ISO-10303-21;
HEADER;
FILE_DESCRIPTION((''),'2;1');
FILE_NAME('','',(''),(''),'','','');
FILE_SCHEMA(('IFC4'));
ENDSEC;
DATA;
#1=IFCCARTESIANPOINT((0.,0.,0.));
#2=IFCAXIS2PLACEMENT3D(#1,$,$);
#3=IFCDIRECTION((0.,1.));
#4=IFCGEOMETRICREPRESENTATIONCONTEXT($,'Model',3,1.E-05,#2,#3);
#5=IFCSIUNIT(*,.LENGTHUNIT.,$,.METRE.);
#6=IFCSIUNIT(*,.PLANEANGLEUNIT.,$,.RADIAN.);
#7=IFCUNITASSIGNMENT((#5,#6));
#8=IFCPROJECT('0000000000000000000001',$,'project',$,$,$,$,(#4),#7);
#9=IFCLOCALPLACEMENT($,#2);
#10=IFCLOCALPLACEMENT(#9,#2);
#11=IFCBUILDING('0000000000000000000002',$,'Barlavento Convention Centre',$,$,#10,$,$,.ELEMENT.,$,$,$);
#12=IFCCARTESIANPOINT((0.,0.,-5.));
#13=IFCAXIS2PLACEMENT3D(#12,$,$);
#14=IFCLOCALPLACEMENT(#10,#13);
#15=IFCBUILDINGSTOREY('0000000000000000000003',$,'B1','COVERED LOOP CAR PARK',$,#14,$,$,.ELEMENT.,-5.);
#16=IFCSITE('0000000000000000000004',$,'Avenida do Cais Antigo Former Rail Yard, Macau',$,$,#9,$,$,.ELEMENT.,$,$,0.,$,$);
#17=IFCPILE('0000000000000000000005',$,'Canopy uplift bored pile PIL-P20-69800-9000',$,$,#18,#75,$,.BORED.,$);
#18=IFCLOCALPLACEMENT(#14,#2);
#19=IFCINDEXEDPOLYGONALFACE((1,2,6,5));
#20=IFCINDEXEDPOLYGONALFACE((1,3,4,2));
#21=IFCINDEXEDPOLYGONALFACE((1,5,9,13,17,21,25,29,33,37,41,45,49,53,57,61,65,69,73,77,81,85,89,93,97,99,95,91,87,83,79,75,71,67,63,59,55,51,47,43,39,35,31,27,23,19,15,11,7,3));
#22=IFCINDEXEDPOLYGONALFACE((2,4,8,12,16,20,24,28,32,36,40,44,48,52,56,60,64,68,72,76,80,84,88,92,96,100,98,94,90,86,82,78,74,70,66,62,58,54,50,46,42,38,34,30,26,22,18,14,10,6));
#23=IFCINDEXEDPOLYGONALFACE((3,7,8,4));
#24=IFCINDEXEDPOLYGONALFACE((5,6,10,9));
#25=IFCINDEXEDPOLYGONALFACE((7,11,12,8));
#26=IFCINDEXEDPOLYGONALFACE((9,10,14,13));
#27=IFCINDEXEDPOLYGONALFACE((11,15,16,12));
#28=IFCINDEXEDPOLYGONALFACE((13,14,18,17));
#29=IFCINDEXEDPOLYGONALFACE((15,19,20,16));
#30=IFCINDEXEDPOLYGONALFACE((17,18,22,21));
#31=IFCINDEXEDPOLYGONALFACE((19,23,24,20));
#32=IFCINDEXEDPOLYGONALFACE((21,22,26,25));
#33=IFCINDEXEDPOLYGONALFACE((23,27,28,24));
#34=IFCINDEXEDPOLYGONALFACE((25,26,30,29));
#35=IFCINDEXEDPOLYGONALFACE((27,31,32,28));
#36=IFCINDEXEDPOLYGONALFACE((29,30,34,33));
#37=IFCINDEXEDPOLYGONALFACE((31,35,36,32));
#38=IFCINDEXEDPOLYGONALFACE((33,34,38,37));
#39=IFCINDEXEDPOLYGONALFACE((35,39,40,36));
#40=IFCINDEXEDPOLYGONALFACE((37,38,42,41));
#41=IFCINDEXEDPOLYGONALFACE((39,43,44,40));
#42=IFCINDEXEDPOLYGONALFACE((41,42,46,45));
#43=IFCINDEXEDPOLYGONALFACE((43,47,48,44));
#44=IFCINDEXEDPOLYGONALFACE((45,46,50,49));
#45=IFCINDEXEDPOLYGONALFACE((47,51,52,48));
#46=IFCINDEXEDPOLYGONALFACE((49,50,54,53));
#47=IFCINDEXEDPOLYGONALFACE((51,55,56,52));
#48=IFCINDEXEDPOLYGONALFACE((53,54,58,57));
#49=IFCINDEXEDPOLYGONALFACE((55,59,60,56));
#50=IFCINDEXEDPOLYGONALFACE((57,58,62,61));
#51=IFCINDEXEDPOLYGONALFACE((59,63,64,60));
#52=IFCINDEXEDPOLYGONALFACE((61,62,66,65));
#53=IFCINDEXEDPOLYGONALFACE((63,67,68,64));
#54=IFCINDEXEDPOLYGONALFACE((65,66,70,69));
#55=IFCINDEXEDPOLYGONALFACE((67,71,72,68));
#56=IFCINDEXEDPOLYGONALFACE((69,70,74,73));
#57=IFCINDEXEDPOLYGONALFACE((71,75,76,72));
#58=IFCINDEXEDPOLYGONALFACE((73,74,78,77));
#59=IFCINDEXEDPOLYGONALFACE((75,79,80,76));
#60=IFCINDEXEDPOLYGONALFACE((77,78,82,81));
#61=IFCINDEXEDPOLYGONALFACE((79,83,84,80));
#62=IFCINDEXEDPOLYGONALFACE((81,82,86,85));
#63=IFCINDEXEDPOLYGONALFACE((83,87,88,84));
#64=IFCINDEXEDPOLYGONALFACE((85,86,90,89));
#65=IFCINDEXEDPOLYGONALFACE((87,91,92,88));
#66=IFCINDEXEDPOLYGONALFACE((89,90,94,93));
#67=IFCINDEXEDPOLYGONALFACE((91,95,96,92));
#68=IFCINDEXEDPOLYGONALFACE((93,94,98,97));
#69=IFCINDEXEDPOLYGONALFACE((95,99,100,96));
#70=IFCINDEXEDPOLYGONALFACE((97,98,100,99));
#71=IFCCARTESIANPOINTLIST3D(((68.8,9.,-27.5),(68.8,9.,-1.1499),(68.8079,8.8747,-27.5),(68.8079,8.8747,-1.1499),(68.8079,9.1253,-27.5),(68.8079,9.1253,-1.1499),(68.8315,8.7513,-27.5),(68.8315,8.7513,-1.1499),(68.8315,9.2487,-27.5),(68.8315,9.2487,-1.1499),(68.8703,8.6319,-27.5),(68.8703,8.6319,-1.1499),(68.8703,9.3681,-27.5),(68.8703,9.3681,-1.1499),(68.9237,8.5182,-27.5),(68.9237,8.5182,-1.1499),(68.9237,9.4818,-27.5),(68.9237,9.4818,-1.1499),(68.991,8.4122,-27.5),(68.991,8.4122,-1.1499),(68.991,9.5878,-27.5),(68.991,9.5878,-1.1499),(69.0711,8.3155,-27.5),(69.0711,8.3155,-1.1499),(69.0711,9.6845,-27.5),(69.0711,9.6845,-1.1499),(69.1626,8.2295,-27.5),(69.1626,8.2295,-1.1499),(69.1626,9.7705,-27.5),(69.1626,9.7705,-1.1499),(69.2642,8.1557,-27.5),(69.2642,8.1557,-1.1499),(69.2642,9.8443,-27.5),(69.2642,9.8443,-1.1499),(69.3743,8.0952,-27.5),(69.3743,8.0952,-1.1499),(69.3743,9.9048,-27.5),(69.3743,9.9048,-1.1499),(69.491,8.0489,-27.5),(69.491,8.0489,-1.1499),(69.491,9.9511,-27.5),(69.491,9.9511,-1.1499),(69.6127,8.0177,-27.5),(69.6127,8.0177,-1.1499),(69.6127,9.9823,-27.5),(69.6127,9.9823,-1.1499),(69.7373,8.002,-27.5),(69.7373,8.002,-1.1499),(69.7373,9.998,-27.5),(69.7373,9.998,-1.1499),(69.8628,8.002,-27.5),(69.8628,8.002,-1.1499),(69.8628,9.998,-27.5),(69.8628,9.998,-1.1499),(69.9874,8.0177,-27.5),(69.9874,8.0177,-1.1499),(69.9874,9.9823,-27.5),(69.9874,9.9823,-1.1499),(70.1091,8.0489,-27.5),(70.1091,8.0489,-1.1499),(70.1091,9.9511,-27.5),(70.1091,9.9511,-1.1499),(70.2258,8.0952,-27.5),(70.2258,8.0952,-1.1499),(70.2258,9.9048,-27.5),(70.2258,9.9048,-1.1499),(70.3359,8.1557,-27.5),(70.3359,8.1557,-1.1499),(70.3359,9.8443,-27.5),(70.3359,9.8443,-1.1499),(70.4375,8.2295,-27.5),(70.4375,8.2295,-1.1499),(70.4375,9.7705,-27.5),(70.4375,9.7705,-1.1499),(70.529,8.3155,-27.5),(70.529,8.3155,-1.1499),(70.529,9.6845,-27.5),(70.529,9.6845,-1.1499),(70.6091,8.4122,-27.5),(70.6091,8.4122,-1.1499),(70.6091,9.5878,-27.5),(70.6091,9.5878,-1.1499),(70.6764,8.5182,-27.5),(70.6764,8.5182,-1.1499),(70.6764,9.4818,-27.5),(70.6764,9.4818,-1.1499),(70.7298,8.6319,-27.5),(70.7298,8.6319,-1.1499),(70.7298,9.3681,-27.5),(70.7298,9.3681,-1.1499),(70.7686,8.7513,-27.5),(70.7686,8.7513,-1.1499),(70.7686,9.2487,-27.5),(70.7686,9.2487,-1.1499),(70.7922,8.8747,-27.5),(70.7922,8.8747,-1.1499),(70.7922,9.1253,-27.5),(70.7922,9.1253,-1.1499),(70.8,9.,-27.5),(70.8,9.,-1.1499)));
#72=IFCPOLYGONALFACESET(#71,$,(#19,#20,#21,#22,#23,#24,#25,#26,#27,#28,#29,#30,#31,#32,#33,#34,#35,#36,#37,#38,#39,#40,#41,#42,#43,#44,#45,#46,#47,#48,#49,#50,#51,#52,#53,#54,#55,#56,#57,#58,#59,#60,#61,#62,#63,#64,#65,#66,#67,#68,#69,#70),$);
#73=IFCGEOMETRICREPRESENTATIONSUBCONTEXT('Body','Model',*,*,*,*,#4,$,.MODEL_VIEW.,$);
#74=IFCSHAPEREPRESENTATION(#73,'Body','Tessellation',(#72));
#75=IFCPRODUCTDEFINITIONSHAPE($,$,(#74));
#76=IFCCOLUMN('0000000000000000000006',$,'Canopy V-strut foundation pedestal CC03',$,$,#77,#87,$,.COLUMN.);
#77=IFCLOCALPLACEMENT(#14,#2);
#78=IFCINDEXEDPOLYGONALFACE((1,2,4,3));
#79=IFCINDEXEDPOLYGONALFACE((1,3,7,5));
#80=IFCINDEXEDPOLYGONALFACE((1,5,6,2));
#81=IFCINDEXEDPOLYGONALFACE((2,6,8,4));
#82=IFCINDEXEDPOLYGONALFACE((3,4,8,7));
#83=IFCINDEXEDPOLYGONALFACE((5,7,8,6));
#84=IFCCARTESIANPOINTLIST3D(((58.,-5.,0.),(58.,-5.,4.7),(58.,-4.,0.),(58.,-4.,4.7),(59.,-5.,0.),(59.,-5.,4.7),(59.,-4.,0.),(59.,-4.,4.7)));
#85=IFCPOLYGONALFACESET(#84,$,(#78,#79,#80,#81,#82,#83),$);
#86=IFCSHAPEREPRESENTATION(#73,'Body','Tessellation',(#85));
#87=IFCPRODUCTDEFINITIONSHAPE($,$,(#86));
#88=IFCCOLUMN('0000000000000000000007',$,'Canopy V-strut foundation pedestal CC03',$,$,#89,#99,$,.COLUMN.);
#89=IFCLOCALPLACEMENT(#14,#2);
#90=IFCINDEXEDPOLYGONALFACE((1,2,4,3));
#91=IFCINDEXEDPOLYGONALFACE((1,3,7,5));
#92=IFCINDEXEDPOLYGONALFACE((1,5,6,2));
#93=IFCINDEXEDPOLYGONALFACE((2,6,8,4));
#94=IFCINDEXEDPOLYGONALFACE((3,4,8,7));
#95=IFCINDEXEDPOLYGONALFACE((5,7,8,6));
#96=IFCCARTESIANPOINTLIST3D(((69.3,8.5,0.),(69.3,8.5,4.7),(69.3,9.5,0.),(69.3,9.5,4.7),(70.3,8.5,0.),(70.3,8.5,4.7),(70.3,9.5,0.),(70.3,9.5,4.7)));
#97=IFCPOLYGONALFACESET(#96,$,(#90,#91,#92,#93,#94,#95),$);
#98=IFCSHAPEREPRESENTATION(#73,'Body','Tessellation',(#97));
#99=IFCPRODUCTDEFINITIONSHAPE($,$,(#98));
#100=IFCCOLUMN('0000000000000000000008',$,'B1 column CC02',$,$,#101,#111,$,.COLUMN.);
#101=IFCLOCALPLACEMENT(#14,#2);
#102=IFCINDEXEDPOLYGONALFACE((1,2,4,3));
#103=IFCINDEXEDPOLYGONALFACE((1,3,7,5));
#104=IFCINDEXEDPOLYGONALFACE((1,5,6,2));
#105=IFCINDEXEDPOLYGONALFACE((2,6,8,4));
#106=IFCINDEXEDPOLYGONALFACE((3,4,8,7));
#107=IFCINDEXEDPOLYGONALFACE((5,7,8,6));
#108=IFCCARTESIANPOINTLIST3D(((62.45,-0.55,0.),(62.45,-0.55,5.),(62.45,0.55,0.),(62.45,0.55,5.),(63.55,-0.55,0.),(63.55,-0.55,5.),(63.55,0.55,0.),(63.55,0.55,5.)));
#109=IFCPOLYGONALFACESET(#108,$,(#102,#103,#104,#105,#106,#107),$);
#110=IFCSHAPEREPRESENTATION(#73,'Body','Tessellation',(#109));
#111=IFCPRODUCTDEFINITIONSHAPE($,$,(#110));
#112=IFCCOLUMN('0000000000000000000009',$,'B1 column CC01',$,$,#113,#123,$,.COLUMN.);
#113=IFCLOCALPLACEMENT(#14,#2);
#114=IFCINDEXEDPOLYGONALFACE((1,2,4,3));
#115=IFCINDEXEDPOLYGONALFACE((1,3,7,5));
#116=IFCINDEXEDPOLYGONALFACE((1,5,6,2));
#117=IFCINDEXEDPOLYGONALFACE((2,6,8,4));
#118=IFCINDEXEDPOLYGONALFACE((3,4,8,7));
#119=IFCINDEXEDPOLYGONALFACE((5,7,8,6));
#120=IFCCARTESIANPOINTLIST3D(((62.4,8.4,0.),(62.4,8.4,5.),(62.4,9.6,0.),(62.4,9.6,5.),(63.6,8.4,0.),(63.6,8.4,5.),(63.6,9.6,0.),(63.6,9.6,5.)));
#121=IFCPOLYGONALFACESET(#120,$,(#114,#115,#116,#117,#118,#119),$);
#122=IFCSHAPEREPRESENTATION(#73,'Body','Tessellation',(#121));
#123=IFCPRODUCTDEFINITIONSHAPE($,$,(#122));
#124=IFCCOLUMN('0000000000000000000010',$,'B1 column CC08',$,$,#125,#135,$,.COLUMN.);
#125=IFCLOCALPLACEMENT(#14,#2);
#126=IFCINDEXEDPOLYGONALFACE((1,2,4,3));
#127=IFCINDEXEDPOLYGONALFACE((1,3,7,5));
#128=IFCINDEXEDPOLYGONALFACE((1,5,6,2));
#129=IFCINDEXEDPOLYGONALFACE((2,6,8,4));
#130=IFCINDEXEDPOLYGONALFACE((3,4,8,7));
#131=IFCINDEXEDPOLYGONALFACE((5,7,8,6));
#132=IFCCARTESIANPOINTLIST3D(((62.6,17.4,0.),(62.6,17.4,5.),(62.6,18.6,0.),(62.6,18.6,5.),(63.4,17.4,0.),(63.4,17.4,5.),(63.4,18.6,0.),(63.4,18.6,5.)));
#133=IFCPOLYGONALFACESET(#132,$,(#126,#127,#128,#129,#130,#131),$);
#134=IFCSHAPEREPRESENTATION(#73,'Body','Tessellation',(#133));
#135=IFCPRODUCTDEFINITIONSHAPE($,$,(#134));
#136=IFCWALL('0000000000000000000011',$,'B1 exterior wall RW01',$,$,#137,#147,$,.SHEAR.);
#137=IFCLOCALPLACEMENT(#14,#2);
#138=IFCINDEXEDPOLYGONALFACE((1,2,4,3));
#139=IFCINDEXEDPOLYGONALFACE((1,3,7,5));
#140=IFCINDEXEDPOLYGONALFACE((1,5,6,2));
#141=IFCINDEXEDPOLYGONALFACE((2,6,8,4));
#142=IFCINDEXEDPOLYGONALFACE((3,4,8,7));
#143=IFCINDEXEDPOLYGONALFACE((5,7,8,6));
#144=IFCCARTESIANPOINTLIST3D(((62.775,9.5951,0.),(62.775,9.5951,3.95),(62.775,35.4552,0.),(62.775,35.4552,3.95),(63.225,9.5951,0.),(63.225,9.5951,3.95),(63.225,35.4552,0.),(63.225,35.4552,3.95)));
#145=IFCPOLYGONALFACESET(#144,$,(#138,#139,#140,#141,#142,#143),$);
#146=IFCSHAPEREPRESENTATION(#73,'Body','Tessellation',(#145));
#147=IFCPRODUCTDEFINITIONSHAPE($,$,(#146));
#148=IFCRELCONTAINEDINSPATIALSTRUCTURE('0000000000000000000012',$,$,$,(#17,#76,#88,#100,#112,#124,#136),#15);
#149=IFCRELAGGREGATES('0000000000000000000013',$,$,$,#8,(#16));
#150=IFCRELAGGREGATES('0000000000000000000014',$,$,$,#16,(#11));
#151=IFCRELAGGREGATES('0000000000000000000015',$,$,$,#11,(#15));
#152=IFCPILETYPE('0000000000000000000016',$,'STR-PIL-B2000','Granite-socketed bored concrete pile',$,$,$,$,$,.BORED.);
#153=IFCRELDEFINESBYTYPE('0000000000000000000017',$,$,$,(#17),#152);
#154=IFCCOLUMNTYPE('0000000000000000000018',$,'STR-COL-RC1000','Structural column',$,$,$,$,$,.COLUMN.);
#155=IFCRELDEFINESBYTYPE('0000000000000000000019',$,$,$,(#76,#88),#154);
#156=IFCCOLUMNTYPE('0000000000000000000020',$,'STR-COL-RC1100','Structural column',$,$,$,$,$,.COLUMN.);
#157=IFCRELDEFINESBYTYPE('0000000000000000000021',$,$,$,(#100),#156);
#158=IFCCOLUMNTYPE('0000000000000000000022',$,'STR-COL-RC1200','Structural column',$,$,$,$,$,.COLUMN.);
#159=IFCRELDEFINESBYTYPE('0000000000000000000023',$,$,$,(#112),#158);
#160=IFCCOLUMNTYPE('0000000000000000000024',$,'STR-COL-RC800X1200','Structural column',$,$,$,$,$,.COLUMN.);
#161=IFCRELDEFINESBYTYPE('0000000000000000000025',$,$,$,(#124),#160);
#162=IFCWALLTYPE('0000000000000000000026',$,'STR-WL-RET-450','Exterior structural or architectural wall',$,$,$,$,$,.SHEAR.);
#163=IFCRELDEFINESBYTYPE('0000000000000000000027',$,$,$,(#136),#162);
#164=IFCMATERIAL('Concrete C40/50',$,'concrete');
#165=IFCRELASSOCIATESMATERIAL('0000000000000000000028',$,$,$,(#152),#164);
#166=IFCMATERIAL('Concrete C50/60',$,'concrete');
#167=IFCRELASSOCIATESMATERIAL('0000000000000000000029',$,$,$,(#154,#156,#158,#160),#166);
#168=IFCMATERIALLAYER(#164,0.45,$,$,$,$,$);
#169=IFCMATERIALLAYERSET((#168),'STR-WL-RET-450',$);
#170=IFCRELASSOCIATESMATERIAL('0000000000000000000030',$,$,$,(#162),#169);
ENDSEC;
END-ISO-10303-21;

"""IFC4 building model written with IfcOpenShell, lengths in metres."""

from ifc_helpers import new_model, si_unit, direction, frame, frame_2d, origin, origin_2d, place, context, subcontext, project, spatial, rectangle, circle, extrude, material, layer, layer_set, material_profile, profile_set, type_object, element, save


model = new_model("IFC4")

# Units and contexts
model_context = context("Model", 3, precision=1e-05, world=origin(), true_north=direction((0.0, 1.0)))
body_context = subcontext(model_context, "Body", "Model", "MODEL_VIEW")
ifc_project = project(units=[si_unit("LENGTHUNIT", "METRE"), si_unit("PLANEANGLEUNIT", "RADIAN")], contexts=[model_context])

# Site, building, storey
site_placement = place(None, origin())
site = spatial("IfcSite", under=ifc_project, at=site_placement, Name="Avenida do Cais Antigo Former Rail Yard, Macau", CompositionType="ELEMENT", RefElevation=0.0)
building_placement = place(site_placement, origin())
building = spatial("IfcBuilding", under=site, at=building_placement, Name="Barlavento Convention Centre", CompositionType="ELEMENT")
storey_placement = place(building_placement, frame((0.0, 0.0, -5.0)))
storey = spatial("IfcBuildingStorey", under=building, at=storey_placement, Name="B1", Description="COVERED LOOP CAR PARK", CompositionType="ELEMENT", Elevation=-5.0)

# Shared definitions
ifc_material_1 = material(Name="Concrete C40/50", Category="concrete")

# Pile
ifc_material_profile_1 = material_profile(ifc_material_1, circle(Radius=1.0, at=origin_2d()), Name="BORED PILE 2000")
ifc_profile_set_1 = profile_set([ifc_material_profile_1], Name="Concrete C40/50")
pile_type_1 = type_object("IfcPileType", Name="STR-PIL-B2000", Description="Granite-socketed bored concrete pile", PredefinedType="BORED", material=ifc_profile_set_1)
for number, where, z_axis, x_axis, name in (
    (1, (69.8, 9.0, -1.1499), (0.0, 0.0, -1.0), (1.0, 0.0, 0.0), "Canopy uplift bored pile PIL-P20-69800-9000"),
):
    element("IfcPile", number, at=place(storey_placement, frame(where, z_axis=z_axis, x_axis=x_axis)), inside=storey, type_object=pile_type_1, Name=name, PredefinedType="BORED", context=body_context, shape_type="SweptSolid", body=[
        extrude(circle(Radius=1.0, at=origin_2d()), origin(), (0.0, 0.0, 1.0), 26.3501),
    ])

# Columns
ifc_material_2 = material(Name="Concrete C50/60", Category="concrete")
ifc_material_profile_2 = material_profile(ifc_material_2, rectangle(XDim=1.0, YDim=1.0, at=origin_2d()), Name="RC 1000x1000")
ifc_profile_set_2 = profile_set([ifc_material_profile_2], Name="Concrete C50/60")
column_type_1 = type_object("IfcColumnType", Name="STR-COL-RC1000", Description="Structural column", PredefinedType="COLUMN", material=ifc_profile_set_2)
for number, where, z_axis, x_axis, name in (
    (2, (58.5, -4.5, 0.0), (0.0, 0.0, 1.0), (1.0, 0.0, 0.0), "Canopy V-strut foundation pedestal CC03"),
    (3, (69.8, 9.0, 0.0), (0.0, 0.0, 1.0), (1.0, 0.0, 0.0), "Canopy V-strut foundation pedestal CC03"),
):
    element("IfcColumn", number, at=place(storey_placement, frame(where, z_axis=z_axis, x_axis=x_axis)), inside=storey, type_object=column_type_1, Name=name, PredefinedType="COLUMN", context=body_context, shape_type="SweptSolid", body=[
        extrude(rectangle(XDim=1.0, YDim=1.0, at=origin_2d()), origin(), (0.0, 0.0, 1.0), 4.7),
    ])
ifc_material_profile_3 = material_profile(ifc_material_2, rectangle(XDim=1.1001, YDim=1.1001, at=origin_2d()), Name="RC 1100x1100")
ifc_profile_set_3 = profile_set([ifc_material_profile_3], Name="Concrete C50/60")
column_type_2 = type_object("IfcColumnType", Name="STR-COL-RC1100", Description="Structural column", PredefinedType="COLUMN", material=ifc_profile_set_3)
column_1_placement = place(storey_placement, frame((63.0, 0.0, 0.0), z_axis=(0.0, 0.0, 1.0), x_axis=(1.0, 0.0, 0.0)))
element("IfcColumn", 4, at=column_1_placement, inside=storey, type_object=column_type_2, Name="B1 column CC02", PredefinedType="COLUMN", context=body_context, shape_type="SweptSolid", body=[
    extrude(rectangle(XDim=1.1001, YDim=1.1001, at=origin_2d()), origin(), (0.0, 0.0, 1.0), 5.0),
])
ifc_material_profile_4 = material_profile(ifc_material_2, rectangle(XDim=1.2, YDim=1.2, at=origin_2d()), Name="RC 1200x1200")
ifc_profile_set_4 = profile_set([ifc_material_profile_4], Name="Concrete C50/60")
column_type_3 = type_object("IfcColumnType", Name="STR-COL-RC1200", Description="Structural column", PredefinedType="COLUMN", material=ifc_profile_set_4)
column_2_placement = place(storey_placement, frame((63.0, 9.0, 0.0), z_axis=(0.0, 0.0, 1.0), x_axis=(1.0, 0.0, 0.0)))
element("IfcColumn", 5, at=column_2_placement, inside=storey, type_object=column_type_3, Name="B1 column CC01", PredefinedType="COLUMN", context=body_context, shape_type="SweptSolid", body=[
    extrude(rectangle(XDim=1.2, YDim=1.2, at=origin_2d()), origin(), (0.0, 0.0, 1.0), 5.0),
])
ifc_material_profile_5 = material_profile(ifc_material_2, rectangle(XDim=0.8, YDim=1.2, at=origin_2d()), Name="RC 800x1200")
ifc_profile_set_5 = profile_set([ifc_material_profile_5], Name="Concrete C50/60")
column_type_4 = type_object("IfcColumnType", Name="STR-COL-RC800X1200", Description="Structural column", PredefinedType="COLUMN", material=ifc_profile_set_5)
column_3_placement = place(storey_placement, frame((63.0, 18.0, 0.0), z_axis=(0.0, 0.0, 1.0), x_axis=(1.0, 0.0, 0.0)))
element("IfcColumn", 6, at=column_3_placement, inside=storey, type_object=column_type_4, Name="B1 column CC08", PredefinedType="COLUMN", context=body_context, shape_type="SweptSolid", body=[
    extrude(rectangle(XDim=0.8, YDim=1.2, at=origin_2d()), origin(), (0.0, 0.0, 1.0), 5.0),
])

# Wall
ifc_layer = layer(ifc_material_1, 0.45)
ifc_layer_set = layer_set([ifc_layer], Name="STR-WL-RET-450")
wall_type = type_object("IfcWallType", Name="STR-WL-RET-450", Description="Exterior structural or architectural wall", PredefinedType="SHEAR", material=ifc_layer_set)
wall_placement = place(storey_placement, frame((63.0, 9.595, 0.0), z_axis=(0.0, 0.0, 1.0), x_axis=(0.0, 1.0, 0.0)))
element("IfcWall", 7, at=wall_placement, inside=storey, type_object=wall_type, Name="B1 exterior wall RW01", PredefinedType="SHEAR", context=body_context, shape_type="SweptSolid", body=[
    extrude(rectangle(XDim=25.8601, YDim=0.45, at=frame_2d((12.9302, 0.0))), origin(), (0.0, 0.0, 1.0), 3.95),
])

save(model, "model.ifc")
